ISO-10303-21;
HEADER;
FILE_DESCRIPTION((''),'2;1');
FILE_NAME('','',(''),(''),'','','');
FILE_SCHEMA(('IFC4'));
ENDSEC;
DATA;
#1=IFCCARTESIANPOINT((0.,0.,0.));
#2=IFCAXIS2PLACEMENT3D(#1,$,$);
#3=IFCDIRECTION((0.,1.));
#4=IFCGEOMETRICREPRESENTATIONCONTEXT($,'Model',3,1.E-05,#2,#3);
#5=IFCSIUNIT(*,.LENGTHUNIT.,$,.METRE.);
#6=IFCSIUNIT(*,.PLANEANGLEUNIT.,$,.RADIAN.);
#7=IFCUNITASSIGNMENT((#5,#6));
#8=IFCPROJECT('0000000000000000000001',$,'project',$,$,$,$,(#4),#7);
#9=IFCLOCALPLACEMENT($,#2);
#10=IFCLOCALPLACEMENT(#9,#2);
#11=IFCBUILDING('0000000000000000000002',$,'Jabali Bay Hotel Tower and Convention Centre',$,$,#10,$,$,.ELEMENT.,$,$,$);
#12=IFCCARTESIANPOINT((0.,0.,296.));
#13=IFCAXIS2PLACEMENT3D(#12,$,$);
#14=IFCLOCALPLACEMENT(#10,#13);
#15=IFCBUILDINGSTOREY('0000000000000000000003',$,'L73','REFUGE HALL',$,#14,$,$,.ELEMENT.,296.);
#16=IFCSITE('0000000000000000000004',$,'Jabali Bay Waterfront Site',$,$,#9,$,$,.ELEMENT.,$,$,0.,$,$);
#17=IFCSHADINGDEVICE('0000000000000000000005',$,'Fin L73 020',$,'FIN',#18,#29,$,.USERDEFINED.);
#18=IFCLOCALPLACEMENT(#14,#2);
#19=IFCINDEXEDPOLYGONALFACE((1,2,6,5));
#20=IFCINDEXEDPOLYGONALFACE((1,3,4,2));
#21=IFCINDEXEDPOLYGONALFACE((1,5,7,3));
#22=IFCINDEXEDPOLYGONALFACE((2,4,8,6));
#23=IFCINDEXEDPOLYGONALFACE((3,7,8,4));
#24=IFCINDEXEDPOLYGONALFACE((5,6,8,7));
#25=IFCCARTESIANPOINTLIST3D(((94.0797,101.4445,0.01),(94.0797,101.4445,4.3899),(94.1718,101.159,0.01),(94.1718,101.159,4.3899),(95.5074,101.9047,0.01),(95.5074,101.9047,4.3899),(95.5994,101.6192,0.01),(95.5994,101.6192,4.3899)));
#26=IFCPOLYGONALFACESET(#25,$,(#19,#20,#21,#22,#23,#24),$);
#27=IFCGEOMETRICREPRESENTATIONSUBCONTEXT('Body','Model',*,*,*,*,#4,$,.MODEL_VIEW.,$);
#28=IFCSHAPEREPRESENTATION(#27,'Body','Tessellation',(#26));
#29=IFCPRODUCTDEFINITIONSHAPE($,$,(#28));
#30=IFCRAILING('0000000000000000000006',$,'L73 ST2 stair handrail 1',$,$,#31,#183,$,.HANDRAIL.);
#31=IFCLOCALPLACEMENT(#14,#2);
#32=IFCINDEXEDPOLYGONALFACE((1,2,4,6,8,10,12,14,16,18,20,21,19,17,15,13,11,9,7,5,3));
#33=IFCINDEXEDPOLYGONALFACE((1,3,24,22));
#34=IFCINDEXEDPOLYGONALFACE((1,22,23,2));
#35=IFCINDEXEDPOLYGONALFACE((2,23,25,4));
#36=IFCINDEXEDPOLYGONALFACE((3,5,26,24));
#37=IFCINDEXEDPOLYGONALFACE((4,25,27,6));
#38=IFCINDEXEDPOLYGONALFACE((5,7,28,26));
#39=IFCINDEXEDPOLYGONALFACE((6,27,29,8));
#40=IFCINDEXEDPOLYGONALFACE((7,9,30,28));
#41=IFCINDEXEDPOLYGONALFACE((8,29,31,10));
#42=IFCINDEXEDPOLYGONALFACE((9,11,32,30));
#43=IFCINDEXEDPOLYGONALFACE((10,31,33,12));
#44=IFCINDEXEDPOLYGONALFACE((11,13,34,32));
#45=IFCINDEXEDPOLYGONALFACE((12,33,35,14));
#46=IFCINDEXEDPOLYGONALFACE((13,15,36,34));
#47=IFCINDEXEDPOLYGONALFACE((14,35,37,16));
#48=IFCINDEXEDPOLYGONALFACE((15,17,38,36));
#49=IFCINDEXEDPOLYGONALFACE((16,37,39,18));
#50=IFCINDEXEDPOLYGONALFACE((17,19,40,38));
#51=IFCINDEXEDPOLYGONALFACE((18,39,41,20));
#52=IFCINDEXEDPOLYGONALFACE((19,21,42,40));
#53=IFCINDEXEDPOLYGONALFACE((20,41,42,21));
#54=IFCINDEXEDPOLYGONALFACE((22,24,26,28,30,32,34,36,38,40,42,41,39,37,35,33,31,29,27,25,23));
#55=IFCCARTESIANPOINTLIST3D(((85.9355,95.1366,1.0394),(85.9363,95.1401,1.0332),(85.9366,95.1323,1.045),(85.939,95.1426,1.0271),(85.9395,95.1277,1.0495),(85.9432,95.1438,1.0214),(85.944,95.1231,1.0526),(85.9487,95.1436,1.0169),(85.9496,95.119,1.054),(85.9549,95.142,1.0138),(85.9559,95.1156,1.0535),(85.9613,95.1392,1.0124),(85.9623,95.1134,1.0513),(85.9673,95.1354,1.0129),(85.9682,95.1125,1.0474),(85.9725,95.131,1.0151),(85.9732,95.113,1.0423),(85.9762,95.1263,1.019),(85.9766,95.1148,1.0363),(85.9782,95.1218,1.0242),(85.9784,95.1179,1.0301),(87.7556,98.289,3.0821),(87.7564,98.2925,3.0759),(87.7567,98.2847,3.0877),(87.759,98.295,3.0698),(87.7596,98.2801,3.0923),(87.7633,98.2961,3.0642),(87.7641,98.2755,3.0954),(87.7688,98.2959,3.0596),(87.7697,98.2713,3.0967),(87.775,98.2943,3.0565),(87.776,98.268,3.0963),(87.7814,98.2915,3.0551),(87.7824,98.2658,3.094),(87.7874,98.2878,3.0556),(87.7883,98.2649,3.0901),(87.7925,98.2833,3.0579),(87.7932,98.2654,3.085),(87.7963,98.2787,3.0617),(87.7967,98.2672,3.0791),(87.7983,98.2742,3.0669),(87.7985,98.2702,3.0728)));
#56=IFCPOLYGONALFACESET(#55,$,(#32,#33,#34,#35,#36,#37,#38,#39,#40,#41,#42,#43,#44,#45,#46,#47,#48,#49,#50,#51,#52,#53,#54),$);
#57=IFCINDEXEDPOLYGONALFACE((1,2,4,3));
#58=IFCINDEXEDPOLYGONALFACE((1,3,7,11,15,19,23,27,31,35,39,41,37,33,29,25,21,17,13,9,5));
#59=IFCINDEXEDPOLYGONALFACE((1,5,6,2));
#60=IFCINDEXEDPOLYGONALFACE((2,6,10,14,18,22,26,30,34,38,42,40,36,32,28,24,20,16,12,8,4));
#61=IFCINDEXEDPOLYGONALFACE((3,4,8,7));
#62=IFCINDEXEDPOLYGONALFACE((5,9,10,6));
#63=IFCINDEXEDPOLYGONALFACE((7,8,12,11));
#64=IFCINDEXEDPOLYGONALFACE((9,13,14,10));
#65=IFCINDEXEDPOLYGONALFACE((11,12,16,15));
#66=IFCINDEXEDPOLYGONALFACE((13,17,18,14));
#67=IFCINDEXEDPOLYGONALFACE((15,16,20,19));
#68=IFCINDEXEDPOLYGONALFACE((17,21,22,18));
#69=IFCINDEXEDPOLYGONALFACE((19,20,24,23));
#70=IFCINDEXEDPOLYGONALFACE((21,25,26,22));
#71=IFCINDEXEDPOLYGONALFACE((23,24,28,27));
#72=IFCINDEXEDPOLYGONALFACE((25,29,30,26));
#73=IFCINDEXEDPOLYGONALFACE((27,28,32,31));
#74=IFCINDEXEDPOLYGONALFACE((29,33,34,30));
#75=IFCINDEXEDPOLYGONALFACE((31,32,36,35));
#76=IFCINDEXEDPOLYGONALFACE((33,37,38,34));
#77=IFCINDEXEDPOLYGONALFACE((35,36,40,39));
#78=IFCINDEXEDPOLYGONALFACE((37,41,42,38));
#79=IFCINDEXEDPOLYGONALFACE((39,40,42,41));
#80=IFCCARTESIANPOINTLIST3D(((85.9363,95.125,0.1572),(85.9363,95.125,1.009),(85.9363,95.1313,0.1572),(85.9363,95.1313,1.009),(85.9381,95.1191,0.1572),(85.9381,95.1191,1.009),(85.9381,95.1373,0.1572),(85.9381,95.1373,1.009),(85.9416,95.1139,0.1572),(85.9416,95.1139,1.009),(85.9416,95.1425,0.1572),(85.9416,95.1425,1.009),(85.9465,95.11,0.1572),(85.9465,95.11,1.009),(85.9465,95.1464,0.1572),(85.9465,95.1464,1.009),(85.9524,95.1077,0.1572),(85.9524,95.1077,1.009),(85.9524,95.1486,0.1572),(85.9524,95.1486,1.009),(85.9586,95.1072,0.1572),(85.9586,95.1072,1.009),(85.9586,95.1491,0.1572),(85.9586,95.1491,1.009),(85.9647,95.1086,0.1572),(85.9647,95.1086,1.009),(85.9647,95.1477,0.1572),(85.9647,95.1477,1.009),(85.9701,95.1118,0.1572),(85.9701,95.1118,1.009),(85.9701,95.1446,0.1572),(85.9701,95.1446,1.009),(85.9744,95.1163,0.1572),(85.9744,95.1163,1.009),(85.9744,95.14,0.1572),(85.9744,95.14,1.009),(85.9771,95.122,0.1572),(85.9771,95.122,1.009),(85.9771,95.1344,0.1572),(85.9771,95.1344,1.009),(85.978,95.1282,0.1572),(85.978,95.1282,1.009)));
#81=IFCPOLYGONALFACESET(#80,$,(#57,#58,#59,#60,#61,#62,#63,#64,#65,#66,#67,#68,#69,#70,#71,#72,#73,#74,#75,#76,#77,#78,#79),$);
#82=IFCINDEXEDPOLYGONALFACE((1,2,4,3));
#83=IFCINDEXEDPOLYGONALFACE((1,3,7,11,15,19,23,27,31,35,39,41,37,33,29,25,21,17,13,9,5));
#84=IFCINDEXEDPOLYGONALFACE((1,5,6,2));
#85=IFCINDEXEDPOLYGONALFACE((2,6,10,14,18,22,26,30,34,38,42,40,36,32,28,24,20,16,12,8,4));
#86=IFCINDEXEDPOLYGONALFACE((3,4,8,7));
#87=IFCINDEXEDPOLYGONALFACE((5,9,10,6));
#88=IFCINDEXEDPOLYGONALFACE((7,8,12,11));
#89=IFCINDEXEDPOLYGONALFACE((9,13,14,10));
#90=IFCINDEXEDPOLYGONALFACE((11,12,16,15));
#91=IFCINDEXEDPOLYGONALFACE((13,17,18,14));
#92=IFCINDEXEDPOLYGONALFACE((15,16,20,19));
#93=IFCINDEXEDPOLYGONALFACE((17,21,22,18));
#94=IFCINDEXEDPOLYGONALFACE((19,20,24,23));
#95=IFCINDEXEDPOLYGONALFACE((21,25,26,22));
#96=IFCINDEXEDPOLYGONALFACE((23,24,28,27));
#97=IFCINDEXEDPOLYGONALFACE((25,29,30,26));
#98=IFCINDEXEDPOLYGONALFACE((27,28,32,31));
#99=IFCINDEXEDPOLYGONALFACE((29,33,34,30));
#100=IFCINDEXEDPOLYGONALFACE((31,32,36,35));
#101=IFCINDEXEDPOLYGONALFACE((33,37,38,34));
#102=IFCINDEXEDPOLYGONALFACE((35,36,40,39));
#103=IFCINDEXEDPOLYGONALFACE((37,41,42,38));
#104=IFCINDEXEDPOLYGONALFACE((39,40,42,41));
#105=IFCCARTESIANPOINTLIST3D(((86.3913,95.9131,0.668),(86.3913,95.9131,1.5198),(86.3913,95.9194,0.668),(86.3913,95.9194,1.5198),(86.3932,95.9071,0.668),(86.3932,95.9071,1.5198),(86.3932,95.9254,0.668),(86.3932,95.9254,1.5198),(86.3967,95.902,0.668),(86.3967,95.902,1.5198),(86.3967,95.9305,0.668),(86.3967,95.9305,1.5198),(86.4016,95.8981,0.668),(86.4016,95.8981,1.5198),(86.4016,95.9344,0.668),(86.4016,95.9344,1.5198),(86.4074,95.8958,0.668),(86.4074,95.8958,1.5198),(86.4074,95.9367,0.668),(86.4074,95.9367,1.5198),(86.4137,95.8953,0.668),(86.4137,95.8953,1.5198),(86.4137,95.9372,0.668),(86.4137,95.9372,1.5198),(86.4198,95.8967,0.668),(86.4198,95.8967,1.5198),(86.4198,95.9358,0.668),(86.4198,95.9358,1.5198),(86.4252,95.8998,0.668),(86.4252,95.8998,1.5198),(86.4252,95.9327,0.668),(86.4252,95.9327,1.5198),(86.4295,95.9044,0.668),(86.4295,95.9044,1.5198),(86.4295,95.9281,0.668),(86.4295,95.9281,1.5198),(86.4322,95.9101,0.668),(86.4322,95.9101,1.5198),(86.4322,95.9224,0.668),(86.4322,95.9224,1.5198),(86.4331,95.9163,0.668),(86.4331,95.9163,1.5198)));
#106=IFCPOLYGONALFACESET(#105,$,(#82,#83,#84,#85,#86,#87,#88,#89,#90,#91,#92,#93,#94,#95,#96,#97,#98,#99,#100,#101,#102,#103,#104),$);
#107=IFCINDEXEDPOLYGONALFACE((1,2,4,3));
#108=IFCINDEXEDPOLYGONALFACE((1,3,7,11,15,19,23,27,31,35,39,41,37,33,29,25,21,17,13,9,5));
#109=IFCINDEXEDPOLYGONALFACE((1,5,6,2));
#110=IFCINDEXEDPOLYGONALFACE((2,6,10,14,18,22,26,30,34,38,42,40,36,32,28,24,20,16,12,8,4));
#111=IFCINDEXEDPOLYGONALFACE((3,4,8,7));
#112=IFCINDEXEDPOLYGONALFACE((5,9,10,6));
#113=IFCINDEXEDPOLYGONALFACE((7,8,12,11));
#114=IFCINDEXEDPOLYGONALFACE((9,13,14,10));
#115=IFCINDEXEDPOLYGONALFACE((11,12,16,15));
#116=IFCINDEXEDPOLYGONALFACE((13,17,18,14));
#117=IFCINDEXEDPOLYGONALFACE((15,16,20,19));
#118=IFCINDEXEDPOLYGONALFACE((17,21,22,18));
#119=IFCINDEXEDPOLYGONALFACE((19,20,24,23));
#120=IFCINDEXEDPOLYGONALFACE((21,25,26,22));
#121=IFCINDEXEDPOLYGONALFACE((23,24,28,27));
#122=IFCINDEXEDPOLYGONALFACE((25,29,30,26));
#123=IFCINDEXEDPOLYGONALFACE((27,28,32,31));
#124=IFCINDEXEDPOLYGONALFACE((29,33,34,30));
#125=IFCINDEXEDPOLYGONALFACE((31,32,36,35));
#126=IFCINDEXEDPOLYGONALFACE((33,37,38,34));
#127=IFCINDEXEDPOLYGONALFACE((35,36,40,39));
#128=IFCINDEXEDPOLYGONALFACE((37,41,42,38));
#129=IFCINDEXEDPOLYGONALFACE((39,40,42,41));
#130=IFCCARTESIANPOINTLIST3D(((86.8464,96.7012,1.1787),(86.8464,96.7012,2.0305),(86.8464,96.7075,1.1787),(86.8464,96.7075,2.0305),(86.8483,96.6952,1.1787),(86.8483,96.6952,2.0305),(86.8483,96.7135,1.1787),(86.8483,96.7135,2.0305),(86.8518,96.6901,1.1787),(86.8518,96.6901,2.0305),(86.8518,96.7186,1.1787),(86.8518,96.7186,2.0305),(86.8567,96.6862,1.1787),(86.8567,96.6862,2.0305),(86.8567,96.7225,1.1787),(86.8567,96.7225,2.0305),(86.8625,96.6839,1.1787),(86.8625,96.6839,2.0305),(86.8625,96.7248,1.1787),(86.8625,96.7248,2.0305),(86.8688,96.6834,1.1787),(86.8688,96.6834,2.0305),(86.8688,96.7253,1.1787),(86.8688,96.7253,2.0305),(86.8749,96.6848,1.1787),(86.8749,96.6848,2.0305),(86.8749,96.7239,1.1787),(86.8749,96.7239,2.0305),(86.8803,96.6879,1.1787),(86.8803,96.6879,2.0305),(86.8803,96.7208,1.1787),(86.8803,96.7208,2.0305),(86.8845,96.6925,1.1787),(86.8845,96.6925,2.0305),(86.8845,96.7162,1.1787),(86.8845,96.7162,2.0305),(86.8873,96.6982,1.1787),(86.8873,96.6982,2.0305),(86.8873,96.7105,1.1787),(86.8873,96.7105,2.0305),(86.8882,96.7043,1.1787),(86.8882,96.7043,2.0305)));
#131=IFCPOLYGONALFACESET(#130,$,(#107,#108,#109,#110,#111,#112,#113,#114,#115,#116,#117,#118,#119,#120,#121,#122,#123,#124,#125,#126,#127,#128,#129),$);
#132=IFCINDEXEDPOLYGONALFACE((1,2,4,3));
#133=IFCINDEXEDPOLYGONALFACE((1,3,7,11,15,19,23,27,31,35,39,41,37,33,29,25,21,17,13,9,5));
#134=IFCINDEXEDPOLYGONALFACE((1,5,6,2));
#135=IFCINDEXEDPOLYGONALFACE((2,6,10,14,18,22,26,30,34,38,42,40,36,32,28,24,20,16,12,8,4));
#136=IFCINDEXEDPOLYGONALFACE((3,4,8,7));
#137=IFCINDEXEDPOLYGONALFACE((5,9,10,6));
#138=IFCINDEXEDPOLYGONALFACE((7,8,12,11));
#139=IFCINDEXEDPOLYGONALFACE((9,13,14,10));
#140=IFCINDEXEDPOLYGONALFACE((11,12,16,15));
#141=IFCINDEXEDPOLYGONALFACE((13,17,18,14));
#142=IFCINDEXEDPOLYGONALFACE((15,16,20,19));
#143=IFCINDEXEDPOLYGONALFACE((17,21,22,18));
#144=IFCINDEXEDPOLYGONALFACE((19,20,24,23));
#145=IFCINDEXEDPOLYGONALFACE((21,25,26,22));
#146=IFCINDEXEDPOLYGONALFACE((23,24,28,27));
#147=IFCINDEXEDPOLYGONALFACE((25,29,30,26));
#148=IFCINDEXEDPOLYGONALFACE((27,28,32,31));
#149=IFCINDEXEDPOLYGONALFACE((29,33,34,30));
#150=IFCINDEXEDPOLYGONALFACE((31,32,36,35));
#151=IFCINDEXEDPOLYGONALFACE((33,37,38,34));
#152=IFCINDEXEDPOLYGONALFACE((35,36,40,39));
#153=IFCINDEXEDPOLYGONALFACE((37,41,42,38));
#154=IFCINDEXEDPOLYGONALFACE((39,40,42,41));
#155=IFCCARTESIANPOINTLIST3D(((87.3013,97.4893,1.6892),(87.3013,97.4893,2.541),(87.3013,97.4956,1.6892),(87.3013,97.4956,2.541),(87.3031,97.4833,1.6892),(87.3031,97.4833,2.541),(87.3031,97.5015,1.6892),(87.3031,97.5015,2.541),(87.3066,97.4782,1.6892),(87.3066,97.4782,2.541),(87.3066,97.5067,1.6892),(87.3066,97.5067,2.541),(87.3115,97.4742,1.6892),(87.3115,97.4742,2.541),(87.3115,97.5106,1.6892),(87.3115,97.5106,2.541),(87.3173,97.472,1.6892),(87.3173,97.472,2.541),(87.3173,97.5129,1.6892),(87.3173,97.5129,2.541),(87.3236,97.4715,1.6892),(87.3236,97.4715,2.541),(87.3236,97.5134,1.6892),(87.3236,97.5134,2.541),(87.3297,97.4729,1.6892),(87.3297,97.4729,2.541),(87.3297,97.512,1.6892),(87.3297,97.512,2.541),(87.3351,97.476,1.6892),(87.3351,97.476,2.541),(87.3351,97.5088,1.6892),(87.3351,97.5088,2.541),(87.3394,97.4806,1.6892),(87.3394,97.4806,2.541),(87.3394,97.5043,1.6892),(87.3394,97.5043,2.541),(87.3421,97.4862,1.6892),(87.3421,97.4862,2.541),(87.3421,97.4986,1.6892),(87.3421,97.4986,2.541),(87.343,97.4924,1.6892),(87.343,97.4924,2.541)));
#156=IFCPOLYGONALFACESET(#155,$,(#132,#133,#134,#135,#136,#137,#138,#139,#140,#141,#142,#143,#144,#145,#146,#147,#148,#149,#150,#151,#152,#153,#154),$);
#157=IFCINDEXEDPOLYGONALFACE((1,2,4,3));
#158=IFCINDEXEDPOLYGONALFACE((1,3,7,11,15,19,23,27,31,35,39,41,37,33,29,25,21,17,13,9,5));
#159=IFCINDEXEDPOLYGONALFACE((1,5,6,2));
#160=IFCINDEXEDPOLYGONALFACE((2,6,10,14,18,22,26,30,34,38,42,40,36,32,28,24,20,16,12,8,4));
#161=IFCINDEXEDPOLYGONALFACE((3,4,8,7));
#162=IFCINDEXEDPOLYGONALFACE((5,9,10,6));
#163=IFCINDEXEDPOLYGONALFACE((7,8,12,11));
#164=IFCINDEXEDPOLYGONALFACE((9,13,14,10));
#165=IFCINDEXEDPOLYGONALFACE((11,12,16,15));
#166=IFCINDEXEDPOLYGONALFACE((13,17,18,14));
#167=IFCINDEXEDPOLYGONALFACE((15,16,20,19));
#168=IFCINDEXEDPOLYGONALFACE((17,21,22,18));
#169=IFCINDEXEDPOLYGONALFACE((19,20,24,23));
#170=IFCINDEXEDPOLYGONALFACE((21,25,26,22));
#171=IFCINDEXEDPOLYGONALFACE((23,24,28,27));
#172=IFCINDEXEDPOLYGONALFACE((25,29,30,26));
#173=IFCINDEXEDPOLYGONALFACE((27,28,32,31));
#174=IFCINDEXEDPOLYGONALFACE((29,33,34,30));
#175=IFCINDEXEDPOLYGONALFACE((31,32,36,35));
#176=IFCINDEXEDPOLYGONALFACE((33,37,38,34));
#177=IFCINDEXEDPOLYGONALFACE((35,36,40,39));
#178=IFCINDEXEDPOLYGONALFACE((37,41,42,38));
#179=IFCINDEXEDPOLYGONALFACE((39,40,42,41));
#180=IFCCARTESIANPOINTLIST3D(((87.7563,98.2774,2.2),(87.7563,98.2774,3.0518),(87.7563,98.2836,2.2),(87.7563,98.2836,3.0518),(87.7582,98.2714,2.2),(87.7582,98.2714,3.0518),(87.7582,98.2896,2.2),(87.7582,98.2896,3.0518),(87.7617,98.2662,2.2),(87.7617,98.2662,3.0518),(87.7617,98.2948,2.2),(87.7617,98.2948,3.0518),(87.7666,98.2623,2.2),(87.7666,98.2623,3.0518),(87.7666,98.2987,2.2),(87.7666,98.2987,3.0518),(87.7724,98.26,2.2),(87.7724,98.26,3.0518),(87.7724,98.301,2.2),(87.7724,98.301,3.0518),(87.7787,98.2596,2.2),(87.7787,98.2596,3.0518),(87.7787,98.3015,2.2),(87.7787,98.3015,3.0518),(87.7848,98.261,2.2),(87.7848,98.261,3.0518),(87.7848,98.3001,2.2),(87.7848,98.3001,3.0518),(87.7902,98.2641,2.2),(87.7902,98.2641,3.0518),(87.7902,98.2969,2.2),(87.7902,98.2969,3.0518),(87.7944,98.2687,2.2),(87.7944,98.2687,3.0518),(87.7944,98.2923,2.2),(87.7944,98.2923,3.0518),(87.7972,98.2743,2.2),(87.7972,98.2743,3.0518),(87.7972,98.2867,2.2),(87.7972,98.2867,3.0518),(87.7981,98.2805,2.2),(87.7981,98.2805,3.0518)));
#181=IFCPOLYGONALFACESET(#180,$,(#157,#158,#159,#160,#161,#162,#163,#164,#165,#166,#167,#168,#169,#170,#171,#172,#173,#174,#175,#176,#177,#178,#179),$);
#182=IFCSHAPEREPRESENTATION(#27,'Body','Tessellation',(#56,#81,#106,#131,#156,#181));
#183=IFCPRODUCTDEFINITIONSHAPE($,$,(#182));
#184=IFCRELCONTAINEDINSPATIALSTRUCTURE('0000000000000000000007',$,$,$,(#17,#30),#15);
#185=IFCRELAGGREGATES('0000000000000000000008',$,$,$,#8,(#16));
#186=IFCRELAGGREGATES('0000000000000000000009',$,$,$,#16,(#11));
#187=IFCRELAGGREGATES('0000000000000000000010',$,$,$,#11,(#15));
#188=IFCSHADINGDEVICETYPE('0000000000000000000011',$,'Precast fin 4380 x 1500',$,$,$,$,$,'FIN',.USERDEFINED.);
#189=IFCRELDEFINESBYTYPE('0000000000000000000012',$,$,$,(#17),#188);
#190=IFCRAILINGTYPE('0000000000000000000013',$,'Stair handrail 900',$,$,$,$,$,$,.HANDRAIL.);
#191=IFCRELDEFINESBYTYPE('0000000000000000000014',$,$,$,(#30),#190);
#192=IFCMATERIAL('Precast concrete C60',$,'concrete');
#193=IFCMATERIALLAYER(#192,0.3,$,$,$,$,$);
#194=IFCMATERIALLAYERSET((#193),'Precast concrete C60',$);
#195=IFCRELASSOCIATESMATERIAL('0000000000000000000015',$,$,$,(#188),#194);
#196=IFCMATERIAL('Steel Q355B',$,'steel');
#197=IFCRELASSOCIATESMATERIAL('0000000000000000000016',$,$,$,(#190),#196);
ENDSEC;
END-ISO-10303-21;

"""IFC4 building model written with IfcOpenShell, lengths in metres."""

from ifc_helpers import new_model, si_unit, direction, frame, frame_2d, origin, origin_2d, place, context, subcontext, project, spatial, rectangle, circle, extrude, material, layer, layer_set, type_object, element, save


model = new_model("IFC4")

# Units and contexts
model_context = context("Model", 3, precision=1e-05, world=origin(), true_north=direction((0.0, 1.0)))
body_context = subcontext(model_context, "Body", "Model", "MODEL_VIEW")
ifc_project = project(units=[si_unit("LENGTHUNIT", "METRE"), si_unit("PLANEANGLEUNIT", "RADIAN")], contexts=[model_context])

# Site, building, storey
site_placement = place(None, origin())
site = spatial("IfcSite", under=ifc_project, at=site_placement, Name="Jabali Bay Waterfront Site", CompositionType="ELEMENT", RefElevation=0.0)
building_placement = place(site_placement, origin())
building = spatial("IfcBuilding", under=site, at=building_placement, Name="Jabali Bay Hotel Tower and Convention Centre", CompositionType="ELEMENT")
storey_placement = place(building_placement, frame((0.0, 0.0, 296.0)))
storey = spatial("IfcBuildingStorey", under=building, at=storey_placement, Name="L73", Description="REFUGE HALL", CompositionType="ELEMENT", Elevation=296.0)

# Shading device
ifc_material_1 = material(Name="Precast concrete C60", Category="concrete")
ifc_layer_1 = layer(ifc_material_1, 0.3)
ifc_layer_set_1 = layer_set([ifc_layer_1], Name="Precast concrete C60")
shading_device_type = type_object("IfcShadingDeviceType", Name="Precast fin 4380 x 1500", ElementType="FIN", PredefinedType="USERDEFINED", material=ifc_layer_set_1)
shading_device_1_placement = place(storey_placement, frame((94.1257, 101.3018, 0.01), z_axis=(0.0, 0.0, 1.0), x_axis=(0.951778, 0.306789, 0.0)))
element("IfcShadingDevice", 1, at=shading_device_1_placement, inside=storey, type_object=shading_device_type, Name="Fin L73 020", ObjectType="FIN", PredefinedType="USERDEFINED", context=body_context, shape_type="SweptSolid", body=[
    extrude(rectangle(XDim=1.5, YDim=0.3, at=frame_2d((0.75, 0.0))), origin(), (0.0, 0.0, 1.0), 4.3799),
])

# Railing
ifc_material_2 = material(Name="Steel Q355B", Category="steel")
railing_type_1 = type_object("IfcRailingType", Name="Stair handrail 900", PredefinedType="HANDRAIL", material=ifc_material_2)
railing_1_placement = place(storey_placement, frame((85.957, 95.1282, 0.1572)))
element("IfcRailing", 2, at=railing_1_placement, inside=storey, type_object=railing_type_1, Name="L73 ST2 stair handrail 1", PredefinedType="HANDRAIL", context=body_context, shape_type="SweptSolid", body=[
    extrude(circle(Radius=0.0239, at=origin_2d()), frame((0.0, 0.0, 0.876), z_axis=(0.436044, 0.755225, 0.489387), x_axis=(-0.866018, 0.500013, 0.0)), (0.0, 0.0, 1.0), 4.1741),
    extrude(circle(Radius=0.021, at=origin_2d()), origin(), (0.0, 0.0, 1.0), 0.8518),
    extrude(circle(Radius=0.021, at=origin_2d()), frame((0.4551, 0.7881, 0.5107)), (0.0, 0.0, 1.0), 0.8518),
    extrude(circle(Radius=0.021, at=origin_2d()), frame((0.9102, 1.5762, 1.0215)), (0.0, 0.0, 1.0), 0.8518),
    extrude(circle(Radius=0.021, at=origin_2d()), frame((1.365, 2.3643, 1.532)), (0.0, 0.0, 1.0), 0.8518),
    extrude(circle(Radius=0.021, at=origin_2d()), frame((1.8201, 3.1523, 2.0427)), (0.0, 0.0, 1.0), 0.8518),
])

save(model, "model.ifc")
